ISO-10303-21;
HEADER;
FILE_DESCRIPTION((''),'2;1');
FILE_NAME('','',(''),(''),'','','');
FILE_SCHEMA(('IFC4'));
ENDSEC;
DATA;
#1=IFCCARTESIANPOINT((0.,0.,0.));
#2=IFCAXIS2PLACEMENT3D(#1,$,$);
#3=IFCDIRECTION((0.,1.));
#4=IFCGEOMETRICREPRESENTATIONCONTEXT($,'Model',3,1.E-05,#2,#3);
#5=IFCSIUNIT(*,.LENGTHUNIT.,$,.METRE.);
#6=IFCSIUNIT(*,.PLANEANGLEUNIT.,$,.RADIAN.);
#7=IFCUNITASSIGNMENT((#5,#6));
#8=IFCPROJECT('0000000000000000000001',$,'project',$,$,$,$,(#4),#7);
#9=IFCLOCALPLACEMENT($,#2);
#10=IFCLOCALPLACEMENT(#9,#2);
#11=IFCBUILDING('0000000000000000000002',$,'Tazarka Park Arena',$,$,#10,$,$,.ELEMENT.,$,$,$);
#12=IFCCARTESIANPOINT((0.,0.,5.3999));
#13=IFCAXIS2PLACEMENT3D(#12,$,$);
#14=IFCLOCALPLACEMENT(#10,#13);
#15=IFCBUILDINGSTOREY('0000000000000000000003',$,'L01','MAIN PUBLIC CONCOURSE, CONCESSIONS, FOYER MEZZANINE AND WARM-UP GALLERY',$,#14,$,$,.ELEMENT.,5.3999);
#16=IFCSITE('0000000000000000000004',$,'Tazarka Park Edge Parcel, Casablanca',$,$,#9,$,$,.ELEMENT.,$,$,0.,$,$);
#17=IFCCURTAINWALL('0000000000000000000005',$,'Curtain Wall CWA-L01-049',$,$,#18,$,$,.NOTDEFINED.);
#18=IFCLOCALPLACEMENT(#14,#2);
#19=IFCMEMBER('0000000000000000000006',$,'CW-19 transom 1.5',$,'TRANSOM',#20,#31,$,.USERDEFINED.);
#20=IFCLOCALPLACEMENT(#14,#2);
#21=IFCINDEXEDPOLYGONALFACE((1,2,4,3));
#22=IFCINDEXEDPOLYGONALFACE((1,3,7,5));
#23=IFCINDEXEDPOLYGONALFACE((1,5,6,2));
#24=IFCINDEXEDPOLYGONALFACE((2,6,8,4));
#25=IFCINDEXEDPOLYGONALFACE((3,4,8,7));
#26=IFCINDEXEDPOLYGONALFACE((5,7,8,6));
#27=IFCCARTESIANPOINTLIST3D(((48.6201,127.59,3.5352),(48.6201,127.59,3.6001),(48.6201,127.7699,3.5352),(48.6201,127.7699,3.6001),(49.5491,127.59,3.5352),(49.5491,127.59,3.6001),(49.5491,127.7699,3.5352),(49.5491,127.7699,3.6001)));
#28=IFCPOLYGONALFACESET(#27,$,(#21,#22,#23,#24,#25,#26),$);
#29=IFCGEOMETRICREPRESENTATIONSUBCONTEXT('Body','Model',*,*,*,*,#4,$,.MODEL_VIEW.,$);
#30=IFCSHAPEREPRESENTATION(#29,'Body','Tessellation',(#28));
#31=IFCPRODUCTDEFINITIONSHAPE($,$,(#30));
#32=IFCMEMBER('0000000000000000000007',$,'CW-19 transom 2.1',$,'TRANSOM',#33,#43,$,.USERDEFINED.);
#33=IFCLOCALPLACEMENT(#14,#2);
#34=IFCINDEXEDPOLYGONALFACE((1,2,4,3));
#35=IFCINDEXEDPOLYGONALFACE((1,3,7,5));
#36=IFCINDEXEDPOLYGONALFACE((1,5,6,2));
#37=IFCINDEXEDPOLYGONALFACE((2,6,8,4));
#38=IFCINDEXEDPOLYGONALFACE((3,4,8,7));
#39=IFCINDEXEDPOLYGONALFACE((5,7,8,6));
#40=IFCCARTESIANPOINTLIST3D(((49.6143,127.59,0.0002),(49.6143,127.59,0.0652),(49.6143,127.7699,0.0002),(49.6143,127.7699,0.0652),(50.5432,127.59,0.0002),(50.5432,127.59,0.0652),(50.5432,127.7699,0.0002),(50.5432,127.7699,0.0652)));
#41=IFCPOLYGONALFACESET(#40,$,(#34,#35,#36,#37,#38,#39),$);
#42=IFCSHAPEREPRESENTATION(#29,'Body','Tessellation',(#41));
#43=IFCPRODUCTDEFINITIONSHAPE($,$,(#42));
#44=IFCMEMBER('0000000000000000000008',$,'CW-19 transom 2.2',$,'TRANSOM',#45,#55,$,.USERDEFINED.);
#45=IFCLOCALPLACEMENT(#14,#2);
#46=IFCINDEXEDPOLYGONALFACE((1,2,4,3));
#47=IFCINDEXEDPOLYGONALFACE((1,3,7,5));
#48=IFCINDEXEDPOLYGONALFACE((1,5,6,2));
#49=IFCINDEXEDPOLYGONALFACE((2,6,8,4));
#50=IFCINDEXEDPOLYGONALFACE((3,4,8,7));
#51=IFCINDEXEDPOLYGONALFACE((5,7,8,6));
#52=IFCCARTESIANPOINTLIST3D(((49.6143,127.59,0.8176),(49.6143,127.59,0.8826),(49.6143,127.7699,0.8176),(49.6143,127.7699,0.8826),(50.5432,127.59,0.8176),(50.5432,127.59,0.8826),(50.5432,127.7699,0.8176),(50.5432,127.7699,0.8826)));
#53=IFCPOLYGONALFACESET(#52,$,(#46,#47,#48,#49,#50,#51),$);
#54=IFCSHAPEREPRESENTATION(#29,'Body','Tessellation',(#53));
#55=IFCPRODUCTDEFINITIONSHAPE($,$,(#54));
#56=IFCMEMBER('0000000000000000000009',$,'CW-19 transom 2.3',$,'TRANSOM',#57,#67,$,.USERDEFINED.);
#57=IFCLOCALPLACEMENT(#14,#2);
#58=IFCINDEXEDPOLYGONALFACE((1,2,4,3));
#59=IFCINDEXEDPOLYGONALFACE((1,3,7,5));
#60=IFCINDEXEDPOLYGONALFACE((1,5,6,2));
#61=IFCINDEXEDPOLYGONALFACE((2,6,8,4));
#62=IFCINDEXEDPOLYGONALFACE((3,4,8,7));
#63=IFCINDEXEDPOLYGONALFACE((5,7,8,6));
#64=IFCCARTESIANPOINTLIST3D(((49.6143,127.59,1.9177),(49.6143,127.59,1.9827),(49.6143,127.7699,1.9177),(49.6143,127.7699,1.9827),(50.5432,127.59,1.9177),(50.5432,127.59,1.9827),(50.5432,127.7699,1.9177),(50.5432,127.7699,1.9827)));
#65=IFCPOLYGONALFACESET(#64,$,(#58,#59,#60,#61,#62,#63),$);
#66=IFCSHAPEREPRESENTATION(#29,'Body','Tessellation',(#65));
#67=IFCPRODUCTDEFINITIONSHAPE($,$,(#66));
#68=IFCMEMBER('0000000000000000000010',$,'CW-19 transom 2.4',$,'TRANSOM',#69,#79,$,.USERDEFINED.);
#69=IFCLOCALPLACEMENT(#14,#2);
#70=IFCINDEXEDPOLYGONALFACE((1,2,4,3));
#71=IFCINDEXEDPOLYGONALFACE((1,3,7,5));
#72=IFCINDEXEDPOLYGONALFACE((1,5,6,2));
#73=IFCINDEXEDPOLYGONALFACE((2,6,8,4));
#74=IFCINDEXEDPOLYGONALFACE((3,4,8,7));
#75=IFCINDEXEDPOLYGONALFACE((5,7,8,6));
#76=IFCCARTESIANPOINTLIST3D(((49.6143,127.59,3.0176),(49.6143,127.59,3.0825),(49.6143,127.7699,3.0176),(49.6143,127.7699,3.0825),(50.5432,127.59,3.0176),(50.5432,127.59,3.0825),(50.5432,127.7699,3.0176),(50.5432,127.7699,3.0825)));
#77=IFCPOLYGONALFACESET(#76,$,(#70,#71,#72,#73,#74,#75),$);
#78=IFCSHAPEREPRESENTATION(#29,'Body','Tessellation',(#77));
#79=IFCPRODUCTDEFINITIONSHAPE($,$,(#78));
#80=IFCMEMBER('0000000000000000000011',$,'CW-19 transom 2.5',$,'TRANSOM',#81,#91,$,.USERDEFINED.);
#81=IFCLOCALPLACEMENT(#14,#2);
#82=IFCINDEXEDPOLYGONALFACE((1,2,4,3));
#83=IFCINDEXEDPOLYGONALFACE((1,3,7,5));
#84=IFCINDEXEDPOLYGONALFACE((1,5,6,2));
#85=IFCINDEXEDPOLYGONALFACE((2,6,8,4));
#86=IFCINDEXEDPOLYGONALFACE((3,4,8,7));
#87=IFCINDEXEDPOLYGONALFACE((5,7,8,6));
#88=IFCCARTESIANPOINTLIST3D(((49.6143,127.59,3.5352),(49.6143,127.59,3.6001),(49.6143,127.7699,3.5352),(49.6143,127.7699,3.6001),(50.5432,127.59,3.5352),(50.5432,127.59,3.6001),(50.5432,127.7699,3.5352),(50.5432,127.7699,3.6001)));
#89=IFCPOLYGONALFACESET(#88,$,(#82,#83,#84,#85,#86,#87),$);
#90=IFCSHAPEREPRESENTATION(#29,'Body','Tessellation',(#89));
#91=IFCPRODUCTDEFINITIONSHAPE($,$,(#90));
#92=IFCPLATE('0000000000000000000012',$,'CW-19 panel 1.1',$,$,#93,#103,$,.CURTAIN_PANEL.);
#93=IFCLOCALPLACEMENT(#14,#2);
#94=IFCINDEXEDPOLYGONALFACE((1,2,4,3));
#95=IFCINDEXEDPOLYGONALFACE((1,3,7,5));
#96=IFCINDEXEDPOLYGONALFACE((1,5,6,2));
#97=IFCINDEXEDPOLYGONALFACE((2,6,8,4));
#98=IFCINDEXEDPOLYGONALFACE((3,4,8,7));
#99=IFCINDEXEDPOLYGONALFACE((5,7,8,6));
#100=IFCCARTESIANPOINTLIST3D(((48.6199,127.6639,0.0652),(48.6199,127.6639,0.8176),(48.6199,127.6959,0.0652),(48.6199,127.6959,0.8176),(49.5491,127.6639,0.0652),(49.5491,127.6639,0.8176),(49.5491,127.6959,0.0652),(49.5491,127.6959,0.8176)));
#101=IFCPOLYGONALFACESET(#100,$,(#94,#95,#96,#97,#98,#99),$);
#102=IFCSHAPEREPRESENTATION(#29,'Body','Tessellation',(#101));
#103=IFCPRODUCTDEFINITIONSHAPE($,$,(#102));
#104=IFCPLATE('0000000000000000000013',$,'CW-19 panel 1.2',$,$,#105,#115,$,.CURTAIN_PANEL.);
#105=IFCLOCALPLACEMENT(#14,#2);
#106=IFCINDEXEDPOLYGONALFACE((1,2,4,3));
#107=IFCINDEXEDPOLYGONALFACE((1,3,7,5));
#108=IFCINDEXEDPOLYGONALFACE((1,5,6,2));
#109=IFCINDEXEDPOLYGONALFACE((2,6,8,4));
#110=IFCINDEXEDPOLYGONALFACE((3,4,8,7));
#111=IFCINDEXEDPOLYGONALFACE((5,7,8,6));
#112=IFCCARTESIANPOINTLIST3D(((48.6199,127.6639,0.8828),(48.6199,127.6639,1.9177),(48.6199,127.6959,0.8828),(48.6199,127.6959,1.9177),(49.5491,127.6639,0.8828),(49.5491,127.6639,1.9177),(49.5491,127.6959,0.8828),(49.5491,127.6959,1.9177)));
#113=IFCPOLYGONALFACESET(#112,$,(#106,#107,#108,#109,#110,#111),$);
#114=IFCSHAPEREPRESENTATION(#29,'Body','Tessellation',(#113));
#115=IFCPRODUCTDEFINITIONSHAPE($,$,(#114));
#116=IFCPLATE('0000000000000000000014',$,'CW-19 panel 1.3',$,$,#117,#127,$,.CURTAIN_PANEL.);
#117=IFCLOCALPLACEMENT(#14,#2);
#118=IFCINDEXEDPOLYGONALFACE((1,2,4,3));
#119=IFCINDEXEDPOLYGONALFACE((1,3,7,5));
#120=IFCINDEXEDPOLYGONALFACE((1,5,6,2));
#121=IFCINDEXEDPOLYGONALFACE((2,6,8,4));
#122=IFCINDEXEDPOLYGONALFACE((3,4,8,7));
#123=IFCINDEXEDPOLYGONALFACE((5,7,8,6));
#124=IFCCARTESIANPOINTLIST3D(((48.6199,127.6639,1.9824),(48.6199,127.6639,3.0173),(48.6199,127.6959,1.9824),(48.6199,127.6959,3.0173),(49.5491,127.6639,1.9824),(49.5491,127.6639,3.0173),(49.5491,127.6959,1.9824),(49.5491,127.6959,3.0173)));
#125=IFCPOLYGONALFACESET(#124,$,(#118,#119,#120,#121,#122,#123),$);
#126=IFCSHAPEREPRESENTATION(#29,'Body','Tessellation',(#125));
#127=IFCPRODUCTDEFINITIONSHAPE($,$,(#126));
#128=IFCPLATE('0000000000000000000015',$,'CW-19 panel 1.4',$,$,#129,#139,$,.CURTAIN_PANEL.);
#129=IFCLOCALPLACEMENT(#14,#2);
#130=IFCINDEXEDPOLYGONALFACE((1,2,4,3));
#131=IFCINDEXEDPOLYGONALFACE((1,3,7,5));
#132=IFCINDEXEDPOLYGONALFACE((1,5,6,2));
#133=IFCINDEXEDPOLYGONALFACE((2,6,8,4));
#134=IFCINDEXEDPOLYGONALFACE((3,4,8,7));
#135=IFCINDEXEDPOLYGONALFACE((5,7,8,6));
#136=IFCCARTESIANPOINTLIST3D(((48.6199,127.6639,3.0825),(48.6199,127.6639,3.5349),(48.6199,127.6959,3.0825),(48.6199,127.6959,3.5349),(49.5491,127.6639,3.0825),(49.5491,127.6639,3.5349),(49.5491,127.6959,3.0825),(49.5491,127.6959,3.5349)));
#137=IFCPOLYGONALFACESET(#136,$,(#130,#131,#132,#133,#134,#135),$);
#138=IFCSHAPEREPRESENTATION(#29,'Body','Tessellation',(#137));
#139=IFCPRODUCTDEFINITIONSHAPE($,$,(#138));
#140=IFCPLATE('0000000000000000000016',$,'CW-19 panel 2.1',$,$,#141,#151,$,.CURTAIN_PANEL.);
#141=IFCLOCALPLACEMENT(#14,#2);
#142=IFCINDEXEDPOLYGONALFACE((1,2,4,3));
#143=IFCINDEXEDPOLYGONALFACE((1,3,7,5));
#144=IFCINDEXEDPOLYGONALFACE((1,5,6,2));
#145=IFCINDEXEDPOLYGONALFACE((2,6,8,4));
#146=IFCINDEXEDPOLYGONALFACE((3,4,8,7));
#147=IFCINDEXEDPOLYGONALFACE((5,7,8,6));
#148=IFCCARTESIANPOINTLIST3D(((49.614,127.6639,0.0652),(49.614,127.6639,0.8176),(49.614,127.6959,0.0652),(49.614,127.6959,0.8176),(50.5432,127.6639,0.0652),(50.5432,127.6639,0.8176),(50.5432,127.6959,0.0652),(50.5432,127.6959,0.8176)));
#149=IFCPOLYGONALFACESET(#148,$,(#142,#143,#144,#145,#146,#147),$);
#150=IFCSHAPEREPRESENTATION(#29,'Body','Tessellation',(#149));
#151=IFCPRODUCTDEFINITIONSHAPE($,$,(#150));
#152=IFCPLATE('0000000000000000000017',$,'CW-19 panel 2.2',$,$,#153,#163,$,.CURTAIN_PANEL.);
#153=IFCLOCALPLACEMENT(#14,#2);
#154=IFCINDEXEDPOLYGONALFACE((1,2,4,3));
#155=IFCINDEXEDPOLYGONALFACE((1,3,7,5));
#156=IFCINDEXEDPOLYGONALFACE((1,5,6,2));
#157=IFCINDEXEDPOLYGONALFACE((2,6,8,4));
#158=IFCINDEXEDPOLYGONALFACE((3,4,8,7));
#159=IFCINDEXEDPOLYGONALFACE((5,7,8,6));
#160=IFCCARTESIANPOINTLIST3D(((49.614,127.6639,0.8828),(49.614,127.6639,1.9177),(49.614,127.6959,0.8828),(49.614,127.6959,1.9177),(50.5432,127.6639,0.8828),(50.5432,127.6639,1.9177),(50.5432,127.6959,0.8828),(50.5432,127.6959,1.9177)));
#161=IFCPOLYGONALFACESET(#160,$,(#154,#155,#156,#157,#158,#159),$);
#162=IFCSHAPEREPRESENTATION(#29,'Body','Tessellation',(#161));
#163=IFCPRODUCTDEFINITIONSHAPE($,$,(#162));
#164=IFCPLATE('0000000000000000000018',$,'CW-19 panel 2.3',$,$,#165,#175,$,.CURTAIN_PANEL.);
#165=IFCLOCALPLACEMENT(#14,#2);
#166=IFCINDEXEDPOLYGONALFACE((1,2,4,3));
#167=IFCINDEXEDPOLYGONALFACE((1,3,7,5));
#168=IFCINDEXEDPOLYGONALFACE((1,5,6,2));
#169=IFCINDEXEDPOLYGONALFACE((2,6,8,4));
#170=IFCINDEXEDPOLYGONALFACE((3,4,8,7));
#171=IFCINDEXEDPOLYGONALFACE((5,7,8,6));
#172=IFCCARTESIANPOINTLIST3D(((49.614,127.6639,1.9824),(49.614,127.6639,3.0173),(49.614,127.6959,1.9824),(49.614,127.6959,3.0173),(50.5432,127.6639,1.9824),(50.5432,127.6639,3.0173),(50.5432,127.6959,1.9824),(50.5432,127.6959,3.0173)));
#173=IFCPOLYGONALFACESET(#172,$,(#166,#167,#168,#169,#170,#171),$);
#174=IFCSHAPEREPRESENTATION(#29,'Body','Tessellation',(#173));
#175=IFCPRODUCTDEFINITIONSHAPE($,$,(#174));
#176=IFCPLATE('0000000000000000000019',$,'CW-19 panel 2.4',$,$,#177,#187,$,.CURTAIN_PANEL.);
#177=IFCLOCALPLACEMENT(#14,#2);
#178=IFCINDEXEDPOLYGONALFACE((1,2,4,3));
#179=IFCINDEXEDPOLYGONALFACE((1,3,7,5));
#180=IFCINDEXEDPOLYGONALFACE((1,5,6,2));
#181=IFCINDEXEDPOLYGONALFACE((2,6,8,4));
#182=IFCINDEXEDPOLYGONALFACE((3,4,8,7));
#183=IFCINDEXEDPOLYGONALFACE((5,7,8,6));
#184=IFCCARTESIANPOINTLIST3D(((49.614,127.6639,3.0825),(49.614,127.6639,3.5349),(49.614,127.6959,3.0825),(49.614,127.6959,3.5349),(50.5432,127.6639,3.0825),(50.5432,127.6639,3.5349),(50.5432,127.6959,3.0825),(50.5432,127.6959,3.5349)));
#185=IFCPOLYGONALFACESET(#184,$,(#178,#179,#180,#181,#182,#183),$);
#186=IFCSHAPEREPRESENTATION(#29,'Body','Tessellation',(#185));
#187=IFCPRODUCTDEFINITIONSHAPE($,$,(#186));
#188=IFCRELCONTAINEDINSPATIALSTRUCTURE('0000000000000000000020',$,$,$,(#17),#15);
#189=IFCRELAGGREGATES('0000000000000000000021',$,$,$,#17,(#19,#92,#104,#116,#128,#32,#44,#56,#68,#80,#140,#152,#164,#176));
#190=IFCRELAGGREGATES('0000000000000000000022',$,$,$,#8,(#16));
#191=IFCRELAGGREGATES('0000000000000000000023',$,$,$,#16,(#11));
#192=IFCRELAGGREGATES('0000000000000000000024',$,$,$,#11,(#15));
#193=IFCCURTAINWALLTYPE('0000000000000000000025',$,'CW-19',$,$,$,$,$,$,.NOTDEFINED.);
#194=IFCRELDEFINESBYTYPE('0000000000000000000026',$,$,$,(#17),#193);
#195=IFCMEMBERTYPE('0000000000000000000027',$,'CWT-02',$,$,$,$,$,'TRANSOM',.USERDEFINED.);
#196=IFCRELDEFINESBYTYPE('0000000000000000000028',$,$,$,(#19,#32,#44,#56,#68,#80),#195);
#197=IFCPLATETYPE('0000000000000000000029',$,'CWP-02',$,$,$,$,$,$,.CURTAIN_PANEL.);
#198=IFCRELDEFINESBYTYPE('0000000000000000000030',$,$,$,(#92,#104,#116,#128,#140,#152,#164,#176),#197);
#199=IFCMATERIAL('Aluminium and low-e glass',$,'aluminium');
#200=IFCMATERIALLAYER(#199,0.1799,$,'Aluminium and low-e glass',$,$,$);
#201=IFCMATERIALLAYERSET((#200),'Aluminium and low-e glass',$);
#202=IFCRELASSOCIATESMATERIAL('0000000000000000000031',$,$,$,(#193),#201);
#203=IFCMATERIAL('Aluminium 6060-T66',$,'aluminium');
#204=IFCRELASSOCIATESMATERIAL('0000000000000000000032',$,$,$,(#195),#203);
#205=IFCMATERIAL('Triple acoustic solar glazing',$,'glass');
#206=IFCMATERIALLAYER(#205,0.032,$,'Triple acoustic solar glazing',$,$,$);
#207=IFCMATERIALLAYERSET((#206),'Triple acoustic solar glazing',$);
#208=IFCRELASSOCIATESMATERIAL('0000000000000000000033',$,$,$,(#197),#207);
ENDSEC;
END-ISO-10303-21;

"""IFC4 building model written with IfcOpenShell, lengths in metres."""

from ifc_helpers import new_model, si_unit, direction, frame, origin, origin_2d, place, context, subcontext, project, spatial, rectangle, extrude, material, layer, layer_set, material_profile, profile_set, type_object, element, aggregate, save


model = new_model("IFC4")

# Units and contexts
model_context = context("Model", 3, precision=1e-05, world=origin(), true_north=direction((0.0, 1.0)))
body_context = subcontext(model_context, "Body", "Model", "MODEL_VIEW")
ifc_project = project(units=[si_unit("LENGTHUNIT", "METRE"), si_unit("PLANEANGLEUNIT", "RADIAN")], contexts=[model_context])

# Site, building, storey
site_placement = place(None, origin())
site = spatial("IfcSite", under=ifc_project, at=site_placement, Name="Tazarka Park Edge Parcel, Casablanca", CompositionType="ELEMENT", RefElevation=0.0)
building_placement = place(site_placement, origin())
building = spatial("IfcBuilding", under=site, at=building_placement, Name="Tazarka Park Arena", CompositionType="ELEMENT")
storey_placement = place(building_placement, frame((0.0, 0.0, 5.3999)))
storey = spatial("IfcBuildingStorey", under=building, at=storey_placement, Name="L01", Description="MAIN PUBLIC CONCOURSE, CONCESSIONS, FOYER MEZZANINE AND WARM-UP GALLERY", CompositionType="ELEMENT", Elevation=5.3999)

# Curtain wall
ifc_material_1 = material(Name="Aluminium and low-e glass", Category="aluminium")
ifc_layer_1 = layer(ifc_material_1, 0.1799, Name="Aluminium and low-e glass")
ifc_layer_set_1 = layer_set([ifc_layer_1], Name="Aluminium and low-e glass")
curtain_wall_type_1 = type_object("IfcCurtainWallType", Name="CW-19", PredefinedType="NOTDEFINED", material=ifc_layer_set_1)
curtain_wall_1_placement = place(storey_placement, origin())
curtain_wall_1 = element("IfcCurtainWall", 1, at=curtain_wall_1_placement, inside=storey, type_object=curtain_wall_type_1, Name="Curtain Wall CWA-L01-049", PredefinedType="NOTDEFINED")

# Members
ifc_material_2 = material(Name="Aluminium 6060-T66", Category="aluminium")
ifc_material_profile_1 = material_profile(ifc_material_2, rectangle(XDim=0.1799, YDim=0.0649, at=origin_2d()), Name="Aluminium 6060-T66")
ifc_profile_set_1 = profile_set([ifc_material_profile_1], Name="Aluminium 6060-T66")
member_type_1 = type_object("IfcMemberType", Name="CWT-02", ElementType="TRANSOM", PredefinedType="USERDEFINED", material=ifc_profile_set_1)
member_1_placement = place(storey_placement, frame((48.6201, 127.6799, 3.5676), z_axis=(1.0, 0.0, 0.0), x_axis=(0.0, 1.0, 0.0)))
member_1 = element("IfcMember", 2, at=member_1_placement, type_object=member_type_1, Name="CW-19 transom 1.5", ObjectType="TRANSOM", PredefinedType="USERDEFINED", context=body_context, shape_type="SweptSolid", body=[
    extrude(rectangle(XDim=0.1799, YDim=0.0649, at=origin_2d()), origin(), (0.0, 0.0, 1.0), 0.929),
])
member_2_placement = place(storey_placement, frame((49.6143, 127.6799, 0.0327), z_axis=(1.0, 0.0, 0.0), x_axis=(0.0, 1.0, 0.0)))
member_2 = element("IfcMember", 3, at=member_2_placement, type_object=member_type_1, Name="CW-19 transom 2.1", ObjectType="TRANSOM", PredefinedType="USERDEFINED", context=body_context, shape_type="SweptSolid", body=[
    extrude(rectangle(XDim=0.1799, YDim=0.0649, at=origin_2d()), origin(), (0.0, 0.0, 1.0), 0.929),
])
member_3_placement = place(storey_placement, frame((49.6143, 127.6799, 0.8501), z_axis=(1.0, 0.0, 0.0), x_axis=(0.0, 1.0, 0.0)))
member_3 = element("IfcMember", 4, at=member_3_placement, type_object=member_type_1, Name="CW-19 transom 2.2", ObjectType="TRANSOM", PredefinedType="USERDEFINED", context=body_context, shape_type="SweptSolid", body=[
    extrude(rectangle(XDim=0.1799, YDim=0.0649, at=origin_2d()), origin(), (0.0, 0.0, 1.0), 0.929),
])
member_4_placement = place(storey_placement, frame((49.6143, 127.6799, 1.9502), z_axis=(1.0, 0.0, 0.0), x_axis=(0.0, 1.0, 0.0)))
member_4 = element("IfcMember", 5, at=member_4_placement, type_object=member_type_1, Name="CW-19 transom 2.3", ObjectType="TRANSOM", PredefinedType="USERDEFINED", context=body_context, shape_type="SweptSolid", body=[
    extrude(rectangle(XDim=0.1799, YDim=0.0649, at=origin_2d()), origin(), (0.0, 0.0, 1.0), 0.929),
])
member_5_placement = place(storey_placement, frame((49.6143, 127.6799, 3.05), z_axis=(1.0, 0.0, 0.0), x_axis=(0.0, 1.0, 0.0)))
member_5 = element("IfcMember", 6, at=member_5_placement, type_object=member_type_1, Name="CW-19 transom 2.4", ObjectType="TRANSOM", PredefinedType="USERDEFINED", context=body_context, shape_type="SweptSolid", body=[
    extrude(rectangle(XDim=0.1799, YDim=0.0649, at=origin_2d()), origin(), (0.0, 0.0, 1.0), 0.929),
])
member_6_placement = place(storey_placement, frame((49.6143, 127.6799, 3.5676), z_axis=(1.0, 0.0, 0.0), x_axis=(0.0, 1.0, 0.0)))
member_6 = element("IfcMember", 7, at=member_6_placement, type_object=member_type_1, Name="CW-19 transom 2.5", ObjectType="TRANSOM", PredefinedType="USERDEFINED", context=body_context, shape_type="SweptSolid", body=[
    extrude(rectangle(XDim=0.1799, YDim=0.0649, at=origin_2d()), origin(), (0.0, 0.0, 1.0), 0.929),
])

# Plates
ifc_material_3 = material(Name="Triple acoustic solar glazing", Category="glass")
ifc_layer_2 = layer(ifc_material_3, 0.032, Name="Triple acoustic solar glazing")
ifc_layer_set_2 = layer_set([ifc_layer_2], Name="Triple acoustic solar glazing")
plate_type = type_object("IfcPlateType", Name="CWP-02", PredefinedType="CURTAIN_PANEL", material=ifc_layer_set_2)
plate_1_placement = place(storey_placement, frame((49.0845, 127.6799, 0.0652), z_axis=(0.0, 0.0, 1.0), x_axis=(1.0, 0.0, 0.0)))
plate_1 = element("IfcPlate", 8, at=plate_1_placement, type_object=plate_type, Name="CW-19 panel 1.1", PredefinedType="CURTAIN_PANEL", context=body_context, shape_type="SweptSolid", body=[
    extrude(rectangle(XDim=0.9292, YDim=0.032, at=origin_2d()), origin(), (0.0, 0.0, 1.0), 0.7524),
])
plate_2_placement = place(storey_placement, frame((49.0845, 127.6799, 0.8828), z_axis=(0.0, 0.0, 1.0), x_axis=(1.0, 0.0, 0.0)))
plate_2 = element("IfcPlate", 9, at=plate_2_placement, type_object=plate_type, Name="CW-19 panel 1.2", PredefinedType="CURTAIN_PANEL", context=body_context, shape_type="SweptSolid", body=[
    extrude(rectangle(XDim=0.9292, YDim=0.032, at=origin_2d()), origin(), (0.0, 0.0, 1.0), 1.0349),
])
plate_3_placement = place(storey_placement, frame((49.0845, 127.6799, 1.9824), z_axis=(0.0, 0.0, 1.0), x_axis=(1.0, 0.0, 0.0)))
plate_3 = element("IfcPlate", 10, at=plate_3_placement, type_object=plate_type, Name="CW-19 panel 1.3", PredefinedType="CURTAIN_PANEL", context=body_context, shape_type="SweptSolid", body=[
    extrude(rectangle(XDim=0.9292, YDim=0.032, at=origin_2d()), origin(), (0.0, 0.0, 1.0), 1.0349),
])
plate_4_placement = place(storey_placement, frame((49.0845, 127.6799, 3.0825), z_axis=(0.0, 0.0, 1.0), x_axis=(1.0, 0.0, 0.0)))
plate_4 = element("IfcPlate", 11, at=plate_4_placement, type_object=plate_type, Name="CW-19 panel 1.4", PredefinedType="CURTAIN_PANEL", context=body_context, shape_type="SweptSolid", body=[
    extrude(rectangle(XDim=0.9292, YDim=0.032, at=origin_2d()), origin(), (0.0, 0.0, 1.0), 0.4524),
])
plate_5_placement = place(storey_placement, frame((50.0786, 127.6799, 0.0652), z_axis=(0.0, 0.0, 1.0), x_axis=(1.0, 0.0, 0.0)))
plate_5 = element("IfcPlate", 12, at=plate_5_placement, type_object=plate_type, Name="CW-19 panel 2.1", PredefinedType="CURTAIN_PANEL", context=body_context, shape_type="SweptSolid", body=[
    extrude(rectangle(XDim=0.9292, YDim=0.032, at=origin_2d()), origin(), (0.0, 0.0, 1.0), 0.7524),
])
plate_6_placement = place(storey_placement, frame((50.0786, 127.6799, 0.8828), z_axis=(0.0, 0.0, 1.0), x_axis=(1.0, 0.0, 0.0)))
plate_6 = element("IfcPlate", 13, at=plate_6_placement, type_object=plate_type, Name="CW-19 panel 2.2", PredefinedType="CURTAIN_PANEL", context=body_context, shape_type="SweptSolid", body=[
    extrude(rectangle(XDim=0.9292, YDim=0.032, at=origin_2d()), origin(), (0.0, 0.0, 1.0), 1.0349),
])
plate_7_placement = place(storey_placement, frame((50.0786, 127.6799, 1.9824), z_axis=(0.0, 0.0, 1.0), x_axis=(1.0, 0.0, 0.0)))
plate_7 = element("IfcPlate", 14, at=plate_7_placement, type_object=plate_type, Name="CW-19 panel 2.3", PredefinedType="CURTAIN_PANEL", context=body_context, shape_type="SweptSolid", body=[
    extrude(rectangle(XDim=0.9292, YDim=0.032, at=origin_2d()), origin(), (0.0, 0.0, 1.0), 1.0349),
])
plate_8_placement = place(storey_placement, frame((50.0786, 127.6799, 3.0825), z_axis=(0.0, 0.0, 1.0), x_axis=(1.0, 0.0, 0.0)))
plate_8 = element("IfcPlate", 15, at=plate_8_placement, type_object=plate_type, Name="CW-19 panel 2.4", PredefinedType="CURTAIN_PANEL", context=body_context, shape_type="SweptSolid", body=[
    extrude(rectangle(XDim=0.9292, YDim=0.032, at=origin_2d()), origin(), (0.0, 0.0, 1.0), 0.4524),
])
aggregate(curtain_wall_1, [member_1, plate_1, plate_2, plate_3, plate_4, member_2, member_3, member_4, member_5, member_6, plate_5, plate_6, plate_7, plate_8])

save(model, "model.ifc")
